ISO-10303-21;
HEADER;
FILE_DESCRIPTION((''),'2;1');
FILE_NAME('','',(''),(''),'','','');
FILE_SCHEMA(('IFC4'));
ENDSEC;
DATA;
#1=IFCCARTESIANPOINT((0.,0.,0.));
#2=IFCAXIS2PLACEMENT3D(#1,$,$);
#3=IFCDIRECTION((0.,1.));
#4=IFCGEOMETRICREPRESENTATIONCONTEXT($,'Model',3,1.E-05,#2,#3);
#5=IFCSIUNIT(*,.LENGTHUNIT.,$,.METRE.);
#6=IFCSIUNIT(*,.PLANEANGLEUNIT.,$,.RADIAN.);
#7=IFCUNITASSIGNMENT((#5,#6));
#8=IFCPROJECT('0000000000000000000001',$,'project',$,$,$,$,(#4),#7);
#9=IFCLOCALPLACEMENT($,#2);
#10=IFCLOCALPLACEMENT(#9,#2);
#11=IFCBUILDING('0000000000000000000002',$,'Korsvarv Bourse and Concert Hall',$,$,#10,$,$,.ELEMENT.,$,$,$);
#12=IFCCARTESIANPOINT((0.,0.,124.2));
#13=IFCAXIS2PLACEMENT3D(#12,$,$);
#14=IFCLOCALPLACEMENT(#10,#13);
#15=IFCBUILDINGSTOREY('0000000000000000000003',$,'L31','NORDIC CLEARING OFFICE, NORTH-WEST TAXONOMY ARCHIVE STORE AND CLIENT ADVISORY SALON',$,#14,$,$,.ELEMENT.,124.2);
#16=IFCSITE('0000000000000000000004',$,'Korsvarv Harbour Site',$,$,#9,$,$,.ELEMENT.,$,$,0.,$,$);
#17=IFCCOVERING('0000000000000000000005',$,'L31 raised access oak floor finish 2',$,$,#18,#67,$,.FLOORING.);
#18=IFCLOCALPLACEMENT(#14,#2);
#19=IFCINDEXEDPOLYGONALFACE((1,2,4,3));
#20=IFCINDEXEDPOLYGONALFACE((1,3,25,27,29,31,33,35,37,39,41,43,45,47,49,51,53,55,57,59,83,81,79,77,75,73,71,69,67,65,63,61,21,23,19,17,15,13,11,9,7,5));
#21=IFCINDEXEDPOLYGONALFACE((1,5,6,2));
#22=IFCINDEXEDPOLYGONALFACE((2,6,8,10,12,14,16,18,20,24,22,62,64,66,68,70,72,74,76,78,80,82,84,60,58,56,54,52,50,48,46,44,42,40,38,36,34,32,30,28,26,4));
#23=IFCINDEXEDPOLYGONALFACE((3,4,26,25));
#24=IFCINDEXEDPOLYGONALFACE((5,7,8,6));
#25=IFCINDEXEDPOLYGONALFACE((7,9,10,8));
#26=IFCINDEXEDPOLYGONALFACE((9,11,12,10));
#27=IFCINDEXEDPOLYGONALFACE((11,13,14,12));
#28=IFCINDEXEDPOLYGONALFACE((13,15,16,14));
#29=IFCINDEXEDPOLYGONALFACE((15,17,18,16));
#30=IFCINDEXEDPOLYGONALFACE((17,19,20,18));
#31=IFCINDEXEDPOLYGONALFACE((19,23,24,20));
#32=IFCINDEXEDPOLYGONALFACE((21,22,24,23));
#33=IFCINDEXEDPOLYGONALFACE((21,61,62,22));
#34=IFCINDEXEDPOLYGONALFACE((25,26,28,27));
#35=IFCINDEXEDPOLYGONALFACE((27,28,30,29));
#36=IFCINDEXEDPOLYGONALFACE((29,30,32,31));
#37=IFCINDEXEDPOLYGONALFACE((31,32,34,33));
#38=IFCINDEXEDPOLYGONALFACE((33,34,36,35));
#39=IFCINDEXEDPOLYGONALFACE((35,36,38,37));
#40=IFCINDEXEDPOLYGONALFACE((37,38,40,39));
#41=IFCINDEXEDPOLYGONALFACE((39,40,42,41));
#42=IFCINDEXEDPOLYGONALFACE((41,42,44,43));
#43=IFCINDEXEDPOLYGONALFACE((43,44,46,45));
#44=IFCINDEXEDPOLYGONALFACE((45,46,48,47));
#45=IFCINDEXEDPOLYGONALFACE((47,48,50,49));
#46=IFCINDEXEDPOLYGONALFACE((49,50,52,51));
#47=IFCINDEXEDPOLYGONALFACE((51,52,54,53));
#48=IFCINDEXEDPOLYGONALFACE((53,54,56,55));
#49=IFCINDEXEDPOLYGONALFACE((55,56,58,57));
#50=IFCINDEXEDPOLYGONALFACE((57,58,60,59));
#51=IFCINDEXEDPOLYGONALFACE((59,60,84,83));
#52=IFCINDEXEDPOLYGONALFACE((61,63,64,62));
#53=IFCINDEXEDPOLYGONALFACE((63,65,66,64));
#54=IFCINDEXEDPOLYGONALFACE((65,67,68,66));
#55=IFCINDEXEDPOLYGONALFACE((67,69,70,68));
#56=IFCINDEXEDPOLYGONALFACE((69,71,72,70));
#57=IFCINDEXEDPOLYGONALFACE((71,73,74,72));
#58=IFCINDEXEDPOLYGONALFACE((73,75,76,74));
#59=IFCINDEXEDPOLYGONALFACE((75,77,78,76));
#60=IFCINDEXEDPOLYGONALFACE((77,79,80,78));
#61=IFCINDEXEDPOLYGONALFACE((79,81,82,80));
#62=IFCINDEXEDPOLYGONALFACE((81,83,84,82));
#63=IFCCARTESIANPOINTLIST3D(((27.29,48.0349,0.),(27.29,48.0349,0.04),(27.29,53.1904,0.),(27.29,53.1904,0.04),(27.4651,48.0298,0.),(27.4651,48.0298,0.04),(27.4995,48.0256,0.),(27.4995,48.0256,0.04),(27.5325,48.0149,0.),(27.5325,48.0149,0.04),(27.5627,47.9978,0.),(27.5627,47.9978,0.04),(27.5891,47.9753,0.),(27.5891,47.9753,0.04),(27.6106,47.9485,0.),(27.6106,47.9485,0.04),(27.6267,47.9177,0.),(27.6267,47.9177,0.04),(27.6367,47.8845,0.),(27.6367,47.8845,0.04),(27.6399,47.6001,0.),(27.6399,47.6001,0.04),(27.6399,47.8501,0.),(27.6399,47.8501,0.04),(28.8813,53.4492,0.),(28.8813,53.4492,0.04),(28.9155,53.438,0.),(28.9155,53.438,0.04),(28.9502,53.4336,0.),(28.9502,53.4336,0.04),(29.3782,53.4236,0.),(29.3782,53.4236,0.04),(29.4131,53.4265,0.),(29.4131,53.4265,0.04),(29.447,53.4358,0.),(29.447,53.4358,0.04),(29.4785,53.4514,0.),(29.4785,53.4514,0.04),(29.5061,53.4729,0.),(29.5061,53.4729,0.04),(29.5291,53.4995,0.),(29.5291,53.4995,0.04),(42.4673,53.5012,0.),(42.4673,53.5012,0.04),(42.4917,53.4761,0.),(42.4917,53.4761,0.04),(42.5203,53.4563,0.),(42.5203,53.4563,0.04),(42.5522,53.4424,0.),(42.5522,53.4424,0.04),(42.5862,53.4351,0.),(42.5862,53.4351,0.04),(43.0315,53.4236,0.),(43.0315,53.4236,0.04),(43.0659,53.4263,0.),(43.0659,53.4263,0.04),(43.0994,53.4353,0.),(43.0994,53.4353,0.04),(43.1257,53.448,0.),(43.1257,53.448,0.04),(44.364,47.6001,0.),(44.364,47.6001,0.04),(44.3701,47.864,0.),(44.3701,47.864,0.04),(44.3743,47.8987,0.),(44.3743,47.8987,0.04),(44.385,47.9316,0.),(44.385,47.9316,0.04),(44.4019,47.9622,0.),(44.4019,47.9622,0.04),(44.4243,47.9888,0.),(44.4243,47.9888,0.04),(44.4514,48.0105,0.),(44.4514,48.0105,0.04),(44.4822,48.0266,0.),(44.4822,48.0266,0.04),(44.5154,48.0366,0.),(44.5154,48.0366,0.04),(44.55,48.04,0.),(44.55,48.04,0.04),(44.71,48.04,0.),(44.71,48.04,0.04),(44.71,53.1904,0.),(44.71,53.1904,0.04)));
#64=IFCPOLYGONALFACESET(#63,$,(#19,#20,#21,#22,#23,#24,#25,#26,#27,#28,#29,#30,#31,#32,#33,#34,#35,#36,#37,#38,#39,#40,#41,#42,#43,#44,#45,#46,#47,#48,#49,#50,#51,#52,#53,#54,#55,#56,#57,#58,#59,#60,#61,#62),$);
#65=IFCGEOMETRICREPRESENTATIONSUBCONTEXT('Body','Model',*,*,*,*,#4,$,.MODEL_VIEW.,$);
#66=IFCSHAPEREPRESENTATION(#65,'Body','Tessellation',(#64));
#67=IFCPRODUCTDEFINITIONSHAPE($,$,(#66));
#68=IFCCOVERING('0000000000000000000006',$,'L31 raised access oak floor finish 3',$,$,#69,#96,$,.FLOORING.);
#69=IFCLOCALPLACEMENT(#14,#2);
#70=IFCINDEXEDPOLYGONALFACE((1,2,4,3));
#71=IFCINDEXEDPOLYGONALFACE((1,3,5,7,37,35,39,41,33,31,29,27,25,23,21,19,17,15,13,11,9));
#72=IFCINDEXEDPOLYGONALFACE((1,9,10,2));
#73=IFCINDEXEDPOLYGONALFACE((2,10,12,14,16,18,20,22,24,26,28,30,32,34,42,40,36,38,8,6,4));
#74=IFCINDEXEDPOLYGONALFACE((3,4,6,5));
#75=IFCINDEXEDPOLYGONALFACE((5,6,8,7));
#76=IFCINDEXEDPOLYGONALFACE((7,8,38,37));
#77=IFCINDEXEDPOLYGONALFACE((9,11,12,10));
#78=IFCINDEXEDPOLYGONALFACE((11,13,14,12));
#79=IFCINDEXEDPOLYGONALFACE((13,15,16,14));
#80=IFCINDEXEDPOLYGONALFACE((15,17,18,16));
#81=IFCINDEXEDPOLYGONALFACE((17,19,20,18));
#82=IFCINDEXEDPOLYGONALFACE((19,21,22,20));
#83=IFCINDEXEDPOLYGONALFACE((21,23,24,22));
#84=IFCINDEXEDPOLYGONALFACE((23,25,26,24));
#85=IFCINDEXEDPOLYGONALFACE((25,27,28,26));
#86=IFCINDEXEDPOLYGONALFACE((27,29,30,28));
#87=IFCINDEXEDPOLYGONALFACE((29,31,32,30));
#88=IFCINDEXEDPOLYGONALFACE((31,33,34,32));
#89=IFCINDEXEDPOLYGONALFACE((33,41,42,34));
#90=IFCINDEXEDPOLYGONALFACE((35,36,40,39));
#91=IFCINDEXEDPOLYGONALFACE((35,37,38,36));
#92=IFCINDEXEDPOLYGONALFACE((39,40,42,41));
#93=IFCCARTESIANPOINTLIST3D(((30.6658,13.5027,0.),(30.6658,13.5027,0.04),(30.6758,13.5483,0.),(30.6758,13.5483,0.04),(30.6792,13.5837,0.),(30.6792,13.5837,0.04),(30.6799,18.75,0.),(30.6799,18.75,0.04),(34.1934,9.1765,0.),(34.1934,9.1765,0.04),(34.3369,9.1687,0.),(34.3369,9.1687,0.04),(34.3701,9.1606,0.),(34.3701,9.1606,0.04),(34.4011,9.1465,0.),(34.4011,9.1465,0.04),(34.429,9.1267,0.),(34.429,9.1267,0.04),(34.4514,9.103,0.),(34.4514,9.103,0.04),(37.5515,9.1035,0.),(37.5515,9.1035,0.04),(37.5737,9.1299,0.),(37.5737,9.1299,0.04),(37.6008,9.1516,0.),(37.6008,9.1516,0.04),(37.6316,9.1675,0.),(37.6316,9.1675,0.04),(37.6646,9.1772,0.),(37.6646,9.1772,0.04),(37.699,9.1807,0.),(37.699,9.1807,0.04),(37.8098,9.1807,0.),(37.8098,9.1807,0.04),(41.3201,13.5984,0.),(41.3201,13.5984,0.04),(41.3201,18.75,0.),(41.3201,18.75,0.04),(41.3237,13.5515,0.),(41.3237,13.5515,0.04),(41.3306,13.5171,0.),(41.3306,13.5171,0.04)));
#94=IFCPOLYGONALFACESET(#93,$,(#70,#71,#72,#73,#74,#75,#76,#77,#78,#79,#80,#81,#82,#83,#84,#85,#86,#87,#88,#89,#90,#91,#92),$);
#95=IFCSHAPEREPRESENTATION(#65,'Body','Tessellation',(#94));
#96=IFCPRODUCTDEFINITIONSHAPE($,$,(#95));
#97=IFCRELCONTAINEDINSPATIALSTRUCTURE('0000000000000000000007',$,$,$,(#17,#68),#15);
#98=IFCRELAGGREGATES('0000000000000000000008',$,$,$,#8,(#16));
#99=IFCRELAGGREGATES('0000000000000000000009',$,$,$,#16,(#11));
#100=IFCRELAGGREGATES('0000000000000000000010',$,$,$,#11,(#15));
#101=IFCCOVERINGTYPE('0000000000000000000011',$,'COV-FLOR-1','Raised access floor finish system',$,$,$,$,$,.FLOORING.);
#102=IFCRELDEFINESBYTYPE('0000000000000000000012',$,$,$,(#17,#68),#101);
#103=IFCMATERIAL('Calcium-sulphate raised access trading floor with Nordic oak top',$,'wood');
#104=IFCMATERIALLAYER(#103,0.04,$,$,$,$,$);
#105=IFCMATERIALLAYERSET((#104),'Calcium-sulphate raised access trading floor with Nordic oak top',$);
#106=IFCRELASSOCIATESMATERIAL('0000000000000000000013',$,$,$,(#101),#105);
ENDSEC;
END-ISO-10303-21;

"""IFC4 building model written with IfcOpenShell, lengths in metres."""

from ifc_helpers import new_model, si_unit, direction, frame, origin, place, context, subcontext, project, spatial, polyline, outline, extrude, material, layer, layer_set, type_object, element, save


model = new_model("IFC4")

# Units and contexts
model_context = context("Model", 3, precision=1e-05, world=origin(), true_north=direction((0.0, 1.0)))
body_context = subcontext(model_context, "Body", "Model", "MODEL_VIEW")
ifc_project = project(units=[si_unit("LENGTHUNIT", "METRE"), si_unit("PLANEANGLEUNIT", "RADIAN")], contexts=[model_context])

# Site, building, storey
site_placement = place(None, origin())
site = spatial("IfcSite", under=ifc_project, at=site_placement, Name="Korsvarv Harbour Site", CompositionType="ELEMENT", RefElevation=0.0)
building_placement = place(site_placement, origin())
building = spatial("IfcBuilding", under=site, at=building_placement, Name="Korsvarv Bourse and Concert Hall", CompositionType="ELEMENT")
storey_placement = place(building_placement, frame((0.0, 0.0, 124.2)))
storey = spatial("IfcBuildingStorey", under=building, at=storey_placement, Name="L31", Description="NORDIC CLEARING OFFICE, NORTH-WEST TAXONOMY ARCHIVE STORE AND CLIENT ADVISORY SALON", CompositionType="ELEMENT", Elevation=124.2)

# Coverings
ifc_material_1 = material(Name="Calcium-sulphate raised access trading floor with Nordic oak top", Category="wood")
ifc_layer_1 = layer(ifc_material_1, 0.04)
ifc_layer_set_1 = layer_set([ifc_layer_1], Name="Calcium-sulphate raised access trading floor with Nordic oak top")
covering_type_1 = type_object("IfcCoveringType", Name="COV-FLOR-1", Description="Raised access floor finish system", PredefinedType="FLOORING", material=ifc_layer_set_1)
covering_1_placement = place(storey_placement, origin())
element("IfcCovering", 1, at=covering_1_placement, inside=storey, type_object=covering_type_1, Name="L31 raised access oak floor finish 2", PredefinedType="FLOORING", context=body_context, shape_type="SweptSolid", body=[
    extrude(outline(polyline([(28.8813, 53.4492), (28.9155, 53.438), (28.9502, 53.4336), (29.3782, 53.4236), (29.4131, 53.4265), (29.447, 53.4358), (29.4785, 53.4514), (29.5061, 53.4729), (29.5291, 53.4995), (42.4673, 53.5012), (42.4917, 53.4761), (42.5203, 53.4563), (42.5522, 53.4424), (42.5862, 53.4351), (43.0315, 53.4236), (43.0659, 53.4263), (43.0994, 53.4353), (43.1257, 53.448), (44.71, 53.1904), (44.71, 48.04), (44.55, 48.04), (44.5154, 48.0366), (44.4822, 48.0266), (44.4514, 48.0105), (44.4243, 47.9888), (44.4019, 47.9622), (44.385, 47.9316), (44.3743, 47.8987), (44.3701, 47.864), (44.364, 47.6001), (27.6399, 47.6001), (27.6399, 47.8501), (27.6367, 47.8845), (27.6267, 47.9177), (27.6106, 47.9485), (27.5891, 47.9753), (27.5627, 47.9978), (27.5325, 48.0149), (27.4995, 48.0256), (27.4651, 48.0298), (27.29, 48.0349), (27.29, 53.1904), (28.8813, 53.4492)])), origin(), (0.0, 0.0, 1.0), 0.04),
])
covering_2_placement = place(storey_placement, origin())
element("IfcCovering", 2, at=covering_2_placement, inside=storey, type_object=covering_type_1, Name="L31 raised access oak floor finish 3", PredefinedType="FLOORING", context=body_context, shape_type="SweptSolid", body=[
    extrude(outline(polyline([(30.6658, 13.5027), (30.6758, 13.5483), (30.6792, 13.5837), (30.6799, 18.75), (41.3201, 18.75), (41.3201, 13.5984), (41.3237, 13.5515), (41.3306, 13.5171), (37.8098, 9.1807), (37.699, 9.1807), (37.6646, 9.1772), (37.6316, 9.1675), (37.6008, 9.1516), (37.5737, 9.1299), (37.5515, 9.1035), (34.4514, 9.103), (34.429, 9.1267), (34.4011, 9.1465), (34.3701, 9.1606), (34.3369, 9.1687), (34.1934, 9.1765), (30.6658, 13.5027)])), origin(), (0.0, 0.0, 1.0), 0.04),
])

save(model, "model.ifc")
